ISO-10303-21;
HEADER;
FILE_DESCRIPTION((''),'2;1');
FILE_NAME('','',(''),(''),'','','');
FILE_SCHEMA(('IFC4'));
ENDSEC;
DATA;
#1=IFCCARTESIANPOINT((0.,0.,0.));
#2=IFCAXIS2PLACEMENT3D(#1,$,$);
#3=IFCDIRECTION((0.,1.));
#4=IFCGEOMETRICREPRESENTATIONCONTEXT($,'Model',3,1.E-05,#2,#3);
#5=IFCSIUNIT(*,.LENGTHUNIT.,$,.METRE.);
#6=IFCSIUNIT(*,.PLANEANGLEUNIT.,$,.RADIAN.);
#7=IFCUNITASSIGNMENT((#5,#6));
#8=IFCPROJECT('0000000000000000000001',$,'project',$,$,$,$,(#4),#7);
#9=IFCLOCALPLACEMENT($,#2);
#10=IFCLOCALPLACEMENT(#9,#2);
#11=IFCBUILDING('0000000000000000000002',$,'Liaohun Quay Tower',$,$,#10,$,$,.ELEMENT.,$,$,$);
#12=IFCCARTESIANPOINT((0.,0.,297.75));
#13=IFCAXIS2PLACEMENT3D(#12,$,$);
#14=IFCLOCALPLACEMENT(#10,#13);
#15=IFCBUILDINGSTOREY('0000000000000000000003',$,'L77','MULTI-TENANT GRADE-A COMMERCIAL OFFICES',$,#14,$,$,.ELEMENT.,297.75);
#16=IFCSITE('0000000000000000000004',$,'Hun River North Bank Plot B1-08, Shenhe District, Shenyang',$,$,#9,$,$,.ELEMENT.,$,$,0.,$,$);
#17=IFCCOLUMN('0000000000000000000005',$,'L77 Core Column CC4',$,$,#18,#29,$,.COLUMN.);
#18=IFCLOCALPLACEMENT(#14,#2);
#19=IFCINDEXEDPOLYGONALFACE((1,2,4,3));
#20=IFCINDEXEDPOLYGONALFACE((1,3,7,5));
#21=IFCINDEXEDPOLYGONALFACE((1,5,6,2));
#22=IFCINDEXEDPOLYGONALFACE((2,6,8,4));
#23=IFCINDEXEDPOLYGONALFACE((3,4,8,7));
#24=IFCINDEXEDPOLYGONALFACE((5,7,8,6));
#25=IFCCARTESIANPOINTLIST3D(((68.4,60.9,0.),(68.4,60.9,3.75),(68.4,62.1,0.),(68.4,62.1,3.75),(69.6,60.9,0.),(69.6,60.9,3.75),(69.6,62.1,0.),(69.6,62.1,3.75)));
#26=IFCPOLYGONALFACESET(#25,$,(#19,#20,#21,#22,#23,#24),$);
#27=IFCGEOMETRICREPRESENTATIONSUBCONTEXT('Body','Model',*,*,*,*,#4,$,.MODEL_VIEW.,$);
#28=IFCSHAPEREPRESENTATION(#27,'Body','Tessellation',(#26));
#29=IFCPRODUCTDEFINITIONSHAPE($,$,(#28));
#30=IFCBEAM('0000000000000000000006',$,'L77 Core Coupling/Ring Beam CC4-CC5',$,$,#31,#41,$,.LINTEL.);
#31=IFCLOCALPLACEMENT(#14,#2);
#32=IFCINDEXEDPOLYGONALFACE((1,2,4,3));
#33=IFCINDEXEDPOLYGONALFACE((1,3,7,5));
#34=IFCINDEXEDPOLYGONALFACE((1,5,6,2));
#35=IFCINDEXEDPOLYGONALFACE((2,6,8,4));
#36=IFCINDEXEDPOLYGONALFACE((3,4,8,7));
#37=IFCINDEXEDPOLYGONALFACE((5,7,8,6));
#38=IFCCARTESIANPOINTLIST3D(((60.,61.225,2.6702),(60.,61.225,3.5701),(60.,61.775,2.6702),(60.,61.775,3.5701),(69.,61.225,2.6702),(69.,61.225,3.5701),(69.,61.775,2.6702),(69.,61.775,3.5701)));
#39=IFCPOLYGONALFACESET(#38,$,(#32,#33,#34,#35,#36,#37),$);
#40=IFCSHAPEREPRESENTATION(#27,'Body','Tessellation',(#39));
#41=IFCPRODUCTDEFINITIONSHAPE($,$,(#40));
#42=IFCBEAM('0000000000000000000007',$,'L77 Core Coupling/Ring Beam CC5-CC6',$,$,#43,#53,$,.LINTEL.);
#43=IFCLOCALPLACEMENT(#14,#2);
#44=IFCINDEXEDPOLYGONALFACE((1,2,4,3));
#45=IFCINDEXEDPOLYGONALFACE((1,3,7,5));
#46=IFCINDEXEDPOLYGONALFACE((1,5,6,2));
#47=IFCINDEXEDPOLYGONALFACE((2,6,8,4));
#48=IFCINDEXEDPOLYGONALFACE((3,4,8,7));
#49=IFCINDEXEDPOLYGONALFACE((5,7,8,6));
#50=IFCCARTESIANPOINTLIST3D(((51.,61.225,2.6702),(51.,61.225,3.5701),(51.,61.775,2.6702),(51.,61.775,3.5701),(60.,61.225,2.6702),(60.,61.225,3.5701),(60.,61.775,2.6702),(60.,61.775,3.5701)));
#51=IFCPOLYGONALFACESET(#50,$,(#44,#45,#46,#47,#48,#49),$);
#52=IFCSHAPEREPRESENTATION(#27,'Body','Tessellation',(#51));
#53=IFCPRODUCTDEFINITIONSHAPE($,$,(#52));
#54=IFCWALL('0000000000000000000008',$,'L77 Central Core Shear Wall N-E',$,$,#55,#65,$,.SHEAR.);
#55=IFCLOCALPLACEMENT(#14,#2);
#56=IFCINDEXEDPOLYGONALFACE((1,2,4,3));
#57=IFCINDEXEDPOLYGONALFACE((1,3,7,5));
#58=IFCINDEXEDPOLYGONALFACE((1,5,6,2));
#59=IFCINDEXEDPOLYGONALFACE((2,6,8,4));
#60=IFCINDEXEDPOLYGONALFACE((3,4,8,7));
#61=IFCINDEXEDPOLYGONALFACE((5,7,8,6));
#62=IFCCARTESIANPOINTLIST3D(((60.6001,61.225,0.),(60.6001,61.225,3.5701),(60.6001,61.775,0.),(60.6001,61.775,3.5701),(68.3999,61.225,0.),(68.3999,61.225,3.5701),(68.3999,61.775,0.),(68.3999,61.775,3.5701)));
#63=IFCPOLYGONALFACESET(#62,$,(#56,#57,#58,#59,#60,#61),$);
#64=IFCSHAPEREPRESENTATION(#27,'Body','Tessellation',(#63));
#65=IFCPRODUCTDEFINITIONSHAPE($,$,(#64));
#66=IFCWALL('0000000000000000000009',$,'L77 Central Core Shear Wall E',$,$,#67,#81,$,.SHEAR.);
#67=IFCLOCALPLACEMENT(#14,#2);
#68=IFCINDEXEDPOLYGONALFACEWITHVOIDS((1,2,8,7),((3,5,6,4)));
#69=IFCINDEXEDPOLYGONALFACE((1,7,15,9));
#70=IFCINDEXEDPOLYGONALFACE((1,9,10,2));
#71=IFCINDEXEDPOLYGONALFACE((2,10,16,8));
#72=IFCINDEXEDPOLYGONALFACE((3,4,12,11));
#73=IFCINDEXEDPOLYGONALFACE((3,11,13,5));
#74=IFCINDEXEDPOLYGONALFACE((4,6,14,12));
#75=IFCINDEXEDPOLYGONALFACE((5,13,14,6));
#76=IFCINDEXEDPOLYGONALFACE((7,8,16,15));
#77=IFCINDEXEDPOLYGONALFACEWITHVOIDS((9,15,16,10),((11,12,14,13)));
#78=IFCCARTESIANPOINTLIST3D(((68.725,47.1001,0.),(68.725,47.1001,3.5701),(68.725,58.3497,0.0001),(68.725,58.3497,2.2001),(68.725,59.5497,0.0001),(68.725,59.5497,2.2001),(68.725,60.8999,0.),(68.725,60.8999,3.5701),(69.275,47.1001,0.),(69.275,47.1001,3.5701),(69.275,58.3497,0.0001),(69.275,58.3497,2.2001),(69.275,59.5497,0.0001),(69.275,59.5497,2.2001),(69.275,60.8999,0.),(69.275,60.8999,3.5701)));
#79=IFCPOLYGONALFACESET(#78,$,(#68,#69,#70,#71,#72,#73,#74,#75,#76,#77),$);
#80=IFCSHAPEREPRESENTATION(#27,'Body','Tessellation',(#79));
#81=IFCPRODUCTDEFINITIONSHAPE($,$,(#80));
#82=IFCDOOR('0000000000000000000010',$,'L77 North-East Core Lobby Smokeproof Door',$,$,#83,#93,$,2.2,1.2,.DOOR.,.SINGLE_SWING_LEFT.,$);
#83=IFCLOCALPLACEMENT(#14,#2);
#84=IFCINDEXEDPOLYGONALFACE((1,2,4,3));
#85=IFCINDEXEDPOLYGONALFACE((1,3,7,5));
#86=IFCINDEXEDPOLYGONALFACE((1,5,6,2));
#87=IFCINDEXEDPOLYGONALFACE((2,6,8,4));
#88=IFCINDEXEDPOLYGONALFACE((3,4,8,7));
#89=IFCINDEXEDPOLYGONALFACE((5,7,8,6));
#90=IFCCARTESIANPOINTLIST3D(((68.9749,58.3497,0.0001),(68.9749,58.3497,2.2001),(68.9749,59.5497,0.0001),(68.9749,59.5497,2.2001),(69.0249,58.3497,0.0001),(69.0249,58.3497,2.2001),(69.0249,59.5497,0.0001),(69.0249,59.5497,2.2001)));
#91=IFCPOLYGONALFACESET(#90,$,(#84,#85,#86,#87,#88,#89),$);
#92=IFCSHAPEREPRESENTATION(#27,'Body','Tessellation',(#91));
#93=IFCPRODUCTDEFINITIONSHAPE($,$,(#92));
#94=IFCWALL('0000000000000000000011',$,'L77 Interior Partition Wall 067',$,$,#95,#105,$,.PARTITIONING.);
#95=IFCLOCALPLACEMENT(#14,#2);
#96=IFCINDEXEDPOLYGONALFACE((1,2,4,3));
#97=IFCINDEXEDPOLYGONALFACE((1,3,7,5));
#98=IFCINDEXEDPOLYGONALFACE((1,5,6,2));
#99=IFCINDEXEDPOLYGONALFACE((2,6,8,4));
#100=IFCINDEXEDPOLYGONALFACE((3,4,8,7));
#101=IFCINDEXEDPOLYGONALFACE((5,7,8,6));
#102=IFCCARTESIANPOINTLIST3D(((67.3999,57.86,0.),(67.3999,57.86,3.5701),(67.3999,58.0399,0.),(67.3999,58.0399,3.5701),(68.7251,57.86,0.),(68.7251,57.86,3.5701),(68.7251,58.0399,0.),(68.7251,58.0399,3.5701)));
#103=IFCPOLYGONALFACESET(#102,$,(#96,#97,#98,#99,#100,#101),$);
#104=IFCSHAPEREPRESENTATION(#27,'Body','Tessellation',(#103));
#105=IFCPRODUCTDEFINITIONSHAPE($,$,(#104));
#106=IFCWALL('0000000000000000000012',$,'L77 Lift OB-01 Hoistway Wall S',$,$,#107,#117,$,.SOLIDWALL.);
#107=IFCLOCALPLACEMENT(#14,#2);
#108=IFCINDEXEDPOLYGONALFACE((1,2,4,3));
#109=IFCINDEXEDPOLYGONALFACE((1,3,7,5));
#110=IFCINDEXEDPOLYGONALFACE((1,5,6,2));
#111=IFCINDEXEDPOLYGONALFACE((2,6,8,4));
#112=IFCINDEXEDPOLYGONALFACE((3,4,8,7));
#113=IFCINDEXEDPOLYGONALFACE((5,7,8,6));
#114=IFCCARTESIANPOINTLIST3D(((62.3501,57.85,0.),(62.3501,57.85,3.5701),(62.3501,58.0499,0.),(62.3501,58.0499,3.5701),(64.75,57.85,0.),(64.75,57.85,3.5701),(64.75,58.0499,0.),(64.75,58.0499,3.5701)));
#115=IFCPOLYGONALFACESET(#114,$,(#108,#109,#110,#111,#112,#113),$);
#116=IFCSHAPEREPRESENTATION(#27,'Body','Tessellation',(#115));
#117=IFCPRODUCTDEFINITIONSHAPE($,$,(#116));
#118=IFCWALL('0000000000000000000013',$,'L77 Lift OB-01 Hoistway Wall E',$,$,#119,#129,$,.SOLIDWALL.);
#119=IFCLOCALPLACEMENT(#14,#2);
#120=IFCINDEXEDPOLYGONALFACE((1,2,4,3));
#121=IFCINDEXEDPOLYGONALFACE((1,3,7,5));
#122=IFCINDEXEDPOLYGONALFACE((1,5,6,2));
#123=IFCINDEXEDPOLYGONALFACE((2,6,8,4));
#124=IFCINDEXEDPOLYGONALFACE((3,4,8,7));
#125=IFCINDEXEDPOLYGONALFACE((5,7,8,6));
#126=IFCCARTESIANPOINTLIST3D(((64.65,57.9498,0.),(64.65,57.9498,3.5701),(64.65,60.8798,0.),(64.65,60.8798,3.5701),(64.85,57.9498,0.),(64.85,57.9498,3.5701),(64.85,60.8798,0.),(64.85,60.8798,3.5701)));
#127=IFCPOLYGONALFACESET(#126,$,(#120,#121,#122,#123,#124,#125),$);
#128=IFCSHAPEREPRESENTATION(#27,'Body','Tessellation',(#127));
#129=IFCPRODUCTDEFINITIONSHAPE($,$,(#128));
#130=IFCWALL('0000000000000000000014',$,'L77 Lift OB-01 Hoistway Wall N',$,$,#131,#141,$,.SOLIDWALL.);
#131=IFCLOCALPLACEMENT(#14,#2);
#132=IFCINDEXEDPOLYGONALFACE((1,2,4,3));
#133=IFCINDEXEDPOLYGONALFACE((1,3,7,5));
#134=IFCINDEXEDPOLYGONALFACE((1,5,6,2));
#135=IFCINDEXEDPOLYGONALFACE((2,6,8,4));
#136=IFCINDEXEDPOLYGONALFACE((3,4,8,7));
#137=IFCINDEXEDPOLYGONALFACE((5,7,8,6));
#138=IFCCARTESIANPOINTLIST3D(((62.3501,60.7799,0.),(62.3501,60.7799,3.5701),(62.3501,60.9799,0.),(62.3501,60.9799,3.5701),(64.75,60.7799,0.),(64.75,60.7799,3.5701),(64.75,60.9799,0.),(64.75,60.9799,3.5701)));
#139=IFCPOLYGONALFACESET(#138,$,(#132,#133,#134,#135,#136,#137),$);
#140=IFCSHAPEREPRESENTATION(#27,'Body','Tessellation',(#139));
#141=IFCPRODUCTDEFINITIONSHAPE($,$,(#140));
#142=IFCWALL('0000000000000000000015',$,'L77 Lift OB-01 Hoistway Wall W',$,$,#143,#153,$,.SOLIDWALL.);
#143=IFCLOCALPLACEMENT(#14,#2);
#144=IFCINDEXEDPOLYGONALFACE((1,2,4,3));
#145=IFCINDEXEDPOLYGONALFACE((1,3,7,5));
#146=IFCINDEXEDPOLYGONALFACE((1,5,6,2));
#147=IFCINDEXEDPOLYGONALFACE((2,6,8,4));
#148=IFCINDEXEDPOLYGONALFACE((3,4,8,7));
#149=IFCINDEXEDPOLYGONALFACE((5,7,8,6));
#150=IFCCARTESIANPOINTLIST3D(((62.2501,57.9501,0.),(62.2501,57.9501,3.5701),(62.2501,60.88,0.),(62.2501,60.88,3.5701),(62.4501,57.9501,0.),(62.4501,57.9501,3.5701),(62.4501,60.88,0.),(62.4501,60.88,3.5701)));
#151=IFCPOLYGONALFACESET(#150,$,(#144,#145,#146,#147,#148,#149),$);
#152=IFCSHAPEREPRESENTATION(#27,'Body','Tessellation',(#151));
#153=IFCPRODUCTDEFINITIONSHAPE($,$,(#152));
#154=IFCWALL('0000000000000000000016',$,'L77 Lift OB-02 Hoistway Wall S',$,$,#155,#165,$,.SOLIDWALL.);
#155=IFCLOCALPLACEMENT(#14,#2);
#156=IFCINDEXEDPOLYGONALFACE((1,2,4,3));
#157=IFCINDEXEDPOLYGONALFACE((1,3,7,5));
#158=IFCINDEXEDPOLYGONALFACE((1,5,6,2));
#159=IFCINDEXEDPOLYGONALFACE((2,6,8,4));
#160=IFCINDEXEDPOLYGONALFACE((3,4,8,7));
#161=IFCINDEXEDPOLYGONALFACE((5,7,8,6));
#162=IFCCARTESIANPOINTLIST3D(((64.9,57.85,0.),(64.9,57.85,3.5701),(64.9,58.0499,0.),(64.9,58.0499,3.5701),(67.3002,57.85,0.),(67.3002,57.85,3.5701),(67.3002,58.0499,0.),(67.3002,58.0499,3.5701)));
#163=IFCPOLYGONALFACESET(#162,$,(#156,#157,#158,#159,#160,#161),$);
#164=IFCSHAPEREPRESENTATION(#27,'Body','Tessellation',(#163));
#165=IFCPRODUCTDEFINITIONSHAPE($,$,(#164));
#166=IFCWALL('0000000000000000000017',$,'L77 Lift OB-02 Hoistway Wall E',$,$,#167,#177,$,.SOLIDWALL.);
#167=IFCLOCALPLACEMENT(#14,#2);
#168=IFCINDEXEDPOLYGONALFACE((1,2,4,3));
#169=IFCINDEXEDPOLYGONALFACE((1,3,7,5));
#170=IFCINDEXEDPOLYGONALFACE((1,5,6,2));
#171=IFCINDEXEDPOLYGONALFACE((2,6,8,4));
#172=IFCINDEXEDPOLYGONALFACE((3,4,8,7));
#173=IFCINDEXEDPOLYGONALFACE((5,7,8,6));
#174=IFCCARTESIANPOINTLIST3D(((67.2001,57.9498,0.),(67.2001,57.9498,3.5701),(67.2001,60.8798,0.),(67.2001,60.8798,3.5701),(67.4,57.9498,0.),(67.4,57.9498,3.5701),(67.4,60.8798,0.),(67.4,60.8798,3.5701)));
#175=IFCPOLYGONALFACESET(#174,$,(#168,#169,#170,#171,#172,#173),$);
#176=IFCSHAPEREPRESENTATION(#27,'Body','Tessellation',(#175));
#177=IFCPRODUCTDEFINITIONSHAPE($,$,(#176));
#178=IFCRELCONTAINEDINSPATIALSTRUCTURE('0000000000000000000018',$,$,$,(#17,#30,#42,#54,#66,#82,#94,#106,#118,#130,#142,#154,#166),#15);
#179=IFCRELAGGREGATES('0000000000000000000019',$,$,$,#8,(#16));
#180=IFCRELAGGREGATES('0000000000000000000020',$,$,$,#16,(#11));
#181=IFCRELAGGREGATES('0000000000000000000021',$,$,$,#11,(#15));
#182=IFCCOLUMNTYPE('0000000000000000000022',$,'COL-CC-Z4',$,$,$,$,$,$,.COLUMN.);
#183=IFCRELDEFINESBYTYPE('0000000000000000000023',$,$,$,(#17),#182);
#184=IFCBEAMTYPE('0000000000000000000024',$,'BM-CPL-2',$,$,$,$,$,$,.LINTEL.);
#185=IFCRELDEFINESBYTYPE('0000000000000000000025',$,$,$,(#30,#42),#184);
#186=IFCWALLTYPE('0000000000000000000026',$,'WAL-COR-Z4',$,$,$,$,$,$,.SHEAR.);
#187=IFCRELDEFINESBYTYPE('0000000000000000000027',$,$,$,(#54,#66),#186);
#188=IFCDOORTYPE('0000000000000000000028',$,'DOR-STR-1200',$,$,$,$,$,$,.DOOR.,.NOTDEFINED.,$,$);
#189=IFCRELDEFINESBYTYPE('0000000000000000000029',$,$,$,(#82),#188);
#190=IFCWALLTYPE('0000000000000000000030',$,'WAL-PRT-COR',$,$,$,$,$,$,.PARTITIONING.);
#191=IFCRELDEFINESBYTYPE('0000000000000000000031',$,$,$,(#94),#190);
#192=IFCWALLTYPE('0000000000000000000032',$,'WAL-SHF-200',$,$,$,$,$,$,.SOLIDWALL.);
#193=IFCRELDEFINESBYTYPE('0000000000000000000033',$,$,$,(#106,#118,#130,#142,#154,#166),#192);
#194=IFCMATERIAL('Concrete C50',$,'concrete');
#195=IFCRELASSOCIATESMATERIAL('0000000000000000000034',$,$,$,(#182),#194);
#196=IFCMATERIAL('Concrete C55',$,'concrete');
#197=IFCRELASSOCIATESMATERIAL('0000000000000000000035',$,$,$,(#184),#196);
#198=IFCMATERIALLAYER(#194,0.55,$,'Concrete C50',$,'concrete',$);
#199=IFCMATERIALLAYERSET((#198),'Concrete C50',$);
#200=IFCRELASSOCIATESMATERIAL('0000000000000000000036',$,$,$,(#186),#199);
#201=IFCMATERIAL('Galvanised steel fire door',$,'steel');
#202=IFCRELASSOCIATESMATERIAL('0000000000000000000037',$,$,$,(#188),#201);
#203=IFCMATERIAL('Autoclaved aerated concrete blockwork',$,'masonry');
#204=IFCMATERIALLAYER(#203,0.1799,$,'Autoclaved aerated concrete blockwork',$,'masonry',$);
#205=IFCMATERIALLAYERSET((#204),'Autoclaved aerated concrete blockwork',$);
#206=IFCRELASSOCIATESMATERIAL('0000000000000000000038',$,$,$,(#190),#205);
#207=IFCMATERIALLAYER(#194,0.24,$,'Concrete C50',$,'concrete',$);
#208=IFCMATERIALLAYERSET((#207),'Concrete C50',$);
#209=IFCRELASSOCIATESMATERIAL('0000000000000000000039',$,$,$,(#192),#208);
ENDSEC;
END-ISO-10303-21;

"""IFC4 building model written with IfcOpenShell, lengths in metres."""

from ifc_helpers import new_model, si_unit, direction, frame, frame_2d, origin, origin_2d, place, context, subcontext, project, spatial, rectangle, extrude, source, transform, mapped, material, layer, layer_set, material_profile, profile_set, type_object, element, fill, save


model = new_model("IFC4")

# Units and contexts
model_context = context("Model", 3, precision=1e-05, world=origin(), true_north=direction((0.0, 1.0)))
body_context = subcontext(model_context, "Body", "Model", "MODEL_VIEW")
ifc_project = project(units=[si_unit("LENGTHUNIT", "METRE"), si_unit("PLANEANGLEUNIT", "RADIAN")], contexts=[model_context])

# Site, building, storey
site_placement = place(None, origin())
site = spatial("IfcSite", under=ifc_project, at=site_placement, Name="Hun River North Bank Plot B1-08, Shenhe District, Shenyang", CompositionType="ELEMENT", RefElevation=0.0)
building_placement = place(site_placement, origin())
building = spatial("IfcBuilding", under=site, at=building_placement, Name="Liaohun Quay Tower", CompositionType="ELEMENT")
storey_placement = place(building_placement, frame((0.0, 0.0, 297.75)))
storey = spatial("IfcBuildingStorey", under=building, at=storey_placement, Name="L77", Description="MULTI-TENANT GRADE-A COMMERCIAL OFFICES", CompositionType="ELEMENT", Elevation=297.75)

# Column
ifc_material_1 = material(Name="Concrete C50", Category="concrete")
ifc_material_profile_1 = material_profile(ifc_material_1, rectangle(XDim=1.2, YDim=1.2, at=origin_2d()), Name="RC1200x1200")
ifc_profile_set_1 = profile_set([ifc_material_profile_1], Name="Concrete C50")
column_type = type_object("IfcColumnType", Name="COL-CC-Z4", PredefinedType="COLUMN", material=ifc_profile_set_1)
shared_shape_1 = source(origin(), body_context, "Body", "SweptSolid", [
    extrude(rectangle(XDim=1.2, YDim=1.2, at=origin_2d()), origin(), (0.0, 0.0, 1.0), 3.75),
])
column_placement = place(storey_placement, frame((69.0, 61.5, 0.0), z_axis=(0.0, 0.0, 1.0), x_axis=(1.0, 0.0, 0.0)))
element("IfcColumn", 1, at=column_placement, inside=storey, type_object=column_type, Name="L77 Core Column CC4", PredefinedType="COLUMN", context=body_context, shape_type="MappedRepresentation", body=[
    mapped(shared_shape_1, transform((0.0, 0.0, 0.0), x_axis=(1.0, 0.0, 0.0), y_axis=(0.0, 1.0, 0.0), z_axis=(0.0, 0.0, 1.0), scale=1.0)),
])

# Beams
ifc_material_2 = material(Name="Concrete C55", Category="concrete")
ifc_material_profile_2 = material_profile(ifc_material_2, rectangle(XDim=0.55, YDim=0.8999, at=origin_2d()), Name="RC550x900")
ifc_profile_set_2 = profile_set([ifc_material_profile_2], Name="Concrete C55")
beam_type = type_object("IfcBeamType", Name="BM-CPL-2", PredefinedType="LINTEL", material=ifc_profile_set_2)
shared_shape_2 = source(origin(), body_context, "Body", "SweptSolid", [
    extrude(rectangle(XDim=0.55, YDim=0.8999, at=origin_2d()), origin(), (0.0, 0.0, 1.0), 9.0),
])
for number, where, z_axis, x_axis, name in (
    (2, (69.0, 61.5, 3.1201), (-1.0, 0.0, 0.0), (0.0, -1.0, 0.0), "L77 Core Coupling/Ring Beam CC4-CC5"),
    (3, (60.0, 61.5, 3.1201), (-1.0, 0.0, 0.0), (0.0, -1.0, 0.0), "L77 Core Coupling/Ring Beam CC5-CC6"),
):
    element("IfcBeam", number, at=place(storey_placement, frame(where, z_axis=z_axis, x_axis=x_axis)), inside=storey, type_object=beam_type, Name=name, PredefinedType="LINTEL", context=body_context, shape_type="MappedRepresentation", body=[
        mapped(shared_shape_2, transform((0.0, 0.0, 0.0), x_axis=(1.0, 0.0, 0.0), y_axis=(0.0, 1.0, 0.0), z_axis=(0.0, 0.0, 1.0), scale=1.0)),
    ])

# Wall
ifc_layer_1 = layer(ifc_material_1, 0.55, Name="Concrete C50", Category="concrete")
ifc_layer_set_1 = layer_set([ifc_layer_1], Name="Concrete C50")
wall_type_1 = type_object("IfcWallType", Name="WAL-COR-Z4", PredefinedType="SHEAR", material=ifc_layer_set_1)
wall_1_placement = place(storey_placement, frame((60.6001, 61.5, 0.0), z_axis=(0.0, 0.0, 1.0), x_axis=(1.0, 0.0, 0.0)))
element("IfcWall", 4, at=wall_1_placement, inside=storey, type_object=wall_type_1, Name="L77 Central Core Shear Wall N-E", PredefinedType="SHEAR", context=body_context, shape_type="SweptSolid", body=[
    extrude(rectangle(XDim=7.7998, YDim=0.55, at=frame_2d((3.8999, 0.0))), origin(), (0.0, 0.0, 1.0), 3.5701),
])

# Wall, opening, door
wall_2_placement = place(storey_placement, frame((69.0, 60.8999, 0.0), z_axis=(0.0, 0.0, 1.0), x_axis=(0.0, -1.0, 0.0)))
wall_2 = element("IfcWall", 5, at=wall_2_placement, inside=storey, type_object=wall_type_1, Name="L77 Central Core Shear Wall E", PredefinedType="SHEAR", context=body_context, shape_type="SweptSolid", body=[
    extrude(rectangle(XDim=13.7998, YDim=0.55, at=frame_2d((6.8999, 0.0))), origin(), (0.0, 0.0, 1.0), 3.5701),
])
shared_shape_3 = source(origin(), body_context, "Body", "SweptSolid", [
    extrude(rectangle(XDim=1.2, YDim=2.2, at=frame_2d((0.6001, 1.1001))), frame((0.0, 0.2849, 0.0), z_axis=(0.0, -1.0, 0.0), x_axis=(1.0, 0.0, 0.0)), (0.0, 0.0, 1.0), 0.5701),
])
opening_placement = place(wall_2_placement, frame((1.3501, 0.0, 0.0)))
opening = element("IfcOpeningElement", 6, at=opening_placement, cuts=wall_2, PredefinedType="OPENING", context=body_context, shape_type="MappedRepresentation", body=[
    mapped(shared_shape_3, transform((0.0, 0.0, 0.0), x_axis=(1.0, 0.0, 0.0), y_axis=(0.0, 1.0, 0.0), z_axis=(0.0, 0.0, 1.0), scale=1.0)),
])
ifc_material_3 = material(Name="Galvanised steel fire door", Category="steel")
door_type = type_object("IfcDoorType", Name="DOR-STR-1200", OperationType="NOTDEFINED", PredefinedType="DOOR", material=ifc_material_3)
shared_shape_4 = source(origin(), body_context, "Body", "SweptSolid", [
    extrude(rectangle(XDim=1.2, YDim=2.2, at=frame_2d((0.6001, 1.1001))), frame((0.0, 0.0249, 0.0), z_axis=(0.0, -1.0, 0.0), x_axis=(1.0, 0.0, 0.0)), (0.0, 0.0, 1.0), 0.05),
])
door_placement = place(opening_placement, origin())
door = element("IfcDoor", 7, at=door_placement, inside=storey, type_object=door_type, Name="L77 North-East Core Lobby Smokeproof Door", OperationType="SINGLE_SWING_LEFT", OverallHeight=2.2, OverallWidth=1.2, PredefinedType="DOOR", context=body_context, shape_type="MappedRepresentation", body=[
    mapped(shared_shape_4, transform((0.0, 0.0, 0.0), x_axis=(1.0, 0.0, 0.0), y_axis=(0.0, 1.0, 0.0), z_axis=(0.0, 0.0, 1.0), scale=1.0)),
])
fill(opening, door)

# Walls
ifc_material_4 = material(Name="Autoclaved aerated concrete blockwork", Category="masonry")
ifc_layer_2 = layer(ifc_material_4, 0.1799, Name="Autoclaved aerated concrete blockwork", Category="masonry")
ifc_layer_set_2 = layer_set([ifc_layer_2], Name="Autoclaved aerated concrete blockwork")
wall_type_2 = type_object("IfcWallType", Name="WAL-PRT-COR", PredefinedType="PARTITIONING", material=ifc_layer_set_2)
wall_3_placement = place(storey_placement, frame((67.3999, 57.95, 0.0), z_axis=(0.0, 0.0, 1.0), x_axis=(1.0, 0.0, 0.0)))
element("IfcWall", 8, at=wall_3_placement, inside=storey, type_object=wall_type_2, Name="L77 Interior Partition Wall 067", PredefinedType="PARTITIONING", context=body_context, shape_type="SweptSolid", body=[
    extrude(rectangle(XDim=1.3252, YDim=0.1799, at=frame_2d((0.6626, 0.0))), origin(), (0.0, 0.0, 1.0), 3.5701),
])
ifc_layer_3 = layer(ifc_material_1, 0.24, Name="Concrete C50", Category="concrete")
ifc_layer_set_3 = layer_set([ifc_layer_3], Name="Concrete C50")
wall_type_3 = type_object("IfcWallType", Name="WAL-SHF-200", PredefinedType="SOLIDWALL", material=ifc_layer_set_3)
wall_4_placement = place(storey_placement, frame((62.3501, 57.95, 0.0), z_axis=(0.0, 0.0, 1.0), x_axis=(1.0, 0.0, 0.0)))
element("IfcWall", 9, at=wall_4_placement, inside=storey, type_object=wall_type_3, Name="L77 Lift OB-01 Hoistway Wall S", PredefinedType="SOLIDWALL", context=body_context, shape_type="SweptSolid", body=[
    extrude(rectangle(XDim=2.3999, YDim=0.2, at=frame_2d((1.2, 0.0))), origin(), (0.0, 0.0, 1.0), 3.5701),
])
wall_5_placement = place(storey_placement, frame((64.75, 57.95, 0.0), z_axis=(0.0, 0.0, 1.0), x_axis=(0.0, 1.0, 0.0)))
element("IfcWall", 10, at=wall_5_placement, inside=storey, type_object=wall_type_3, Name="L77 Lift OB-01 Hoistway Wall E", PredefinedType="SOLIDWALL", context=body_context, shape_type="SweptSolid", body=[
    extrude(rectangle(XDim=2.9299, YDim=0.2, at=frame_2d((1.4648, 0.0))), origin(), (0.0, 0.0, 1.0), 3.5701),
])
wall_6_placement = place(storey_placement, frame((64.75, 60.8799, 0.0), z_axis=(0.0, 0.0, 1.0), x_axis=(-1.0, 0.0, 0.0)))
element("IfcWall", 11, at=wall_6_placement, inside=storey, type_object=wall_type_3, Name="L77 Lift OB-01 Hoistway Wall N", PredefinedType="SOLIDWALL", context=body_context, shape_type="SweptSolid", body=[
    extrude(rectangle(XDim=2.3999, YDim=0.2, at=frame_2d((1.2, 0.0))), origin(), (0.0, 0.0, 1.0), 3.5701),
])
wall_7_placement = place(storey_placement, frame((62.3501, 60.8799, 0.0), z_axis=(0.0, 0.0, 1.0), x_axis=(0.0, -1.0, 0.0)))
element("IfcWall", 12, at=wall_7_placement, inside=storey, type_object=wall_type_3, Name="L77 Lift OB-01 Hoistway Wall W", PredefinedType="SOLIDWALL", context=body_context, shape_type="SweptSolid", body=[
    extrude(rectangle(XDim=2.9299, YDim=0.2, at=frame_2d((1.4648, 0.0))), origin(), (0.0, 0.0, 1.0), 3.5701),
])
wall_8_placement = place(storey_placement, frame((64.8999, 57.95, 0.0), z_axis=(0.0, 0.0, 1.0), x_axis=(1.0, 0.0, 0.0)))
element("IfcWall", 13, at=wall_8_placement, inside=storey, type_object=wall_type_3, Name="L77 Lift OB-02 Hoistway Wall S", PredefinedType="SOLIDWALL", context=body_context, shape_type="SweptSolid", body=[
    extrude(rectangle(XDim=2.4001, YDim=0.2, at=frame_2d((1.2002, 0.0))), origin(), (0.0, 0.0, 1.0), 3.5701),
])
wall_9_placement = place(storey_placement, frame((67.3, 57.95, 0.0), z_axis=(0.0, 0.0, 1.0), x_axis=(0.0, 1.0, 0.0)))
element("IfcWall", 14, at=wall_9_placement, inside=storey, type_object=wall_type_3, Name="L77 Lift OB-02 Hoistway Wall E", PredefinedType="SOLIDWALL", context=body_context, shape_type="SweptSolid", body=[
    extrude(rectangle(XDim=2.9299, YDim=0.2, at=frame_2d((1.4648, 0.0))), origin(), (0.0, 0.0, 1.0), 3.5701),
])

save(model, "model.ifc")
